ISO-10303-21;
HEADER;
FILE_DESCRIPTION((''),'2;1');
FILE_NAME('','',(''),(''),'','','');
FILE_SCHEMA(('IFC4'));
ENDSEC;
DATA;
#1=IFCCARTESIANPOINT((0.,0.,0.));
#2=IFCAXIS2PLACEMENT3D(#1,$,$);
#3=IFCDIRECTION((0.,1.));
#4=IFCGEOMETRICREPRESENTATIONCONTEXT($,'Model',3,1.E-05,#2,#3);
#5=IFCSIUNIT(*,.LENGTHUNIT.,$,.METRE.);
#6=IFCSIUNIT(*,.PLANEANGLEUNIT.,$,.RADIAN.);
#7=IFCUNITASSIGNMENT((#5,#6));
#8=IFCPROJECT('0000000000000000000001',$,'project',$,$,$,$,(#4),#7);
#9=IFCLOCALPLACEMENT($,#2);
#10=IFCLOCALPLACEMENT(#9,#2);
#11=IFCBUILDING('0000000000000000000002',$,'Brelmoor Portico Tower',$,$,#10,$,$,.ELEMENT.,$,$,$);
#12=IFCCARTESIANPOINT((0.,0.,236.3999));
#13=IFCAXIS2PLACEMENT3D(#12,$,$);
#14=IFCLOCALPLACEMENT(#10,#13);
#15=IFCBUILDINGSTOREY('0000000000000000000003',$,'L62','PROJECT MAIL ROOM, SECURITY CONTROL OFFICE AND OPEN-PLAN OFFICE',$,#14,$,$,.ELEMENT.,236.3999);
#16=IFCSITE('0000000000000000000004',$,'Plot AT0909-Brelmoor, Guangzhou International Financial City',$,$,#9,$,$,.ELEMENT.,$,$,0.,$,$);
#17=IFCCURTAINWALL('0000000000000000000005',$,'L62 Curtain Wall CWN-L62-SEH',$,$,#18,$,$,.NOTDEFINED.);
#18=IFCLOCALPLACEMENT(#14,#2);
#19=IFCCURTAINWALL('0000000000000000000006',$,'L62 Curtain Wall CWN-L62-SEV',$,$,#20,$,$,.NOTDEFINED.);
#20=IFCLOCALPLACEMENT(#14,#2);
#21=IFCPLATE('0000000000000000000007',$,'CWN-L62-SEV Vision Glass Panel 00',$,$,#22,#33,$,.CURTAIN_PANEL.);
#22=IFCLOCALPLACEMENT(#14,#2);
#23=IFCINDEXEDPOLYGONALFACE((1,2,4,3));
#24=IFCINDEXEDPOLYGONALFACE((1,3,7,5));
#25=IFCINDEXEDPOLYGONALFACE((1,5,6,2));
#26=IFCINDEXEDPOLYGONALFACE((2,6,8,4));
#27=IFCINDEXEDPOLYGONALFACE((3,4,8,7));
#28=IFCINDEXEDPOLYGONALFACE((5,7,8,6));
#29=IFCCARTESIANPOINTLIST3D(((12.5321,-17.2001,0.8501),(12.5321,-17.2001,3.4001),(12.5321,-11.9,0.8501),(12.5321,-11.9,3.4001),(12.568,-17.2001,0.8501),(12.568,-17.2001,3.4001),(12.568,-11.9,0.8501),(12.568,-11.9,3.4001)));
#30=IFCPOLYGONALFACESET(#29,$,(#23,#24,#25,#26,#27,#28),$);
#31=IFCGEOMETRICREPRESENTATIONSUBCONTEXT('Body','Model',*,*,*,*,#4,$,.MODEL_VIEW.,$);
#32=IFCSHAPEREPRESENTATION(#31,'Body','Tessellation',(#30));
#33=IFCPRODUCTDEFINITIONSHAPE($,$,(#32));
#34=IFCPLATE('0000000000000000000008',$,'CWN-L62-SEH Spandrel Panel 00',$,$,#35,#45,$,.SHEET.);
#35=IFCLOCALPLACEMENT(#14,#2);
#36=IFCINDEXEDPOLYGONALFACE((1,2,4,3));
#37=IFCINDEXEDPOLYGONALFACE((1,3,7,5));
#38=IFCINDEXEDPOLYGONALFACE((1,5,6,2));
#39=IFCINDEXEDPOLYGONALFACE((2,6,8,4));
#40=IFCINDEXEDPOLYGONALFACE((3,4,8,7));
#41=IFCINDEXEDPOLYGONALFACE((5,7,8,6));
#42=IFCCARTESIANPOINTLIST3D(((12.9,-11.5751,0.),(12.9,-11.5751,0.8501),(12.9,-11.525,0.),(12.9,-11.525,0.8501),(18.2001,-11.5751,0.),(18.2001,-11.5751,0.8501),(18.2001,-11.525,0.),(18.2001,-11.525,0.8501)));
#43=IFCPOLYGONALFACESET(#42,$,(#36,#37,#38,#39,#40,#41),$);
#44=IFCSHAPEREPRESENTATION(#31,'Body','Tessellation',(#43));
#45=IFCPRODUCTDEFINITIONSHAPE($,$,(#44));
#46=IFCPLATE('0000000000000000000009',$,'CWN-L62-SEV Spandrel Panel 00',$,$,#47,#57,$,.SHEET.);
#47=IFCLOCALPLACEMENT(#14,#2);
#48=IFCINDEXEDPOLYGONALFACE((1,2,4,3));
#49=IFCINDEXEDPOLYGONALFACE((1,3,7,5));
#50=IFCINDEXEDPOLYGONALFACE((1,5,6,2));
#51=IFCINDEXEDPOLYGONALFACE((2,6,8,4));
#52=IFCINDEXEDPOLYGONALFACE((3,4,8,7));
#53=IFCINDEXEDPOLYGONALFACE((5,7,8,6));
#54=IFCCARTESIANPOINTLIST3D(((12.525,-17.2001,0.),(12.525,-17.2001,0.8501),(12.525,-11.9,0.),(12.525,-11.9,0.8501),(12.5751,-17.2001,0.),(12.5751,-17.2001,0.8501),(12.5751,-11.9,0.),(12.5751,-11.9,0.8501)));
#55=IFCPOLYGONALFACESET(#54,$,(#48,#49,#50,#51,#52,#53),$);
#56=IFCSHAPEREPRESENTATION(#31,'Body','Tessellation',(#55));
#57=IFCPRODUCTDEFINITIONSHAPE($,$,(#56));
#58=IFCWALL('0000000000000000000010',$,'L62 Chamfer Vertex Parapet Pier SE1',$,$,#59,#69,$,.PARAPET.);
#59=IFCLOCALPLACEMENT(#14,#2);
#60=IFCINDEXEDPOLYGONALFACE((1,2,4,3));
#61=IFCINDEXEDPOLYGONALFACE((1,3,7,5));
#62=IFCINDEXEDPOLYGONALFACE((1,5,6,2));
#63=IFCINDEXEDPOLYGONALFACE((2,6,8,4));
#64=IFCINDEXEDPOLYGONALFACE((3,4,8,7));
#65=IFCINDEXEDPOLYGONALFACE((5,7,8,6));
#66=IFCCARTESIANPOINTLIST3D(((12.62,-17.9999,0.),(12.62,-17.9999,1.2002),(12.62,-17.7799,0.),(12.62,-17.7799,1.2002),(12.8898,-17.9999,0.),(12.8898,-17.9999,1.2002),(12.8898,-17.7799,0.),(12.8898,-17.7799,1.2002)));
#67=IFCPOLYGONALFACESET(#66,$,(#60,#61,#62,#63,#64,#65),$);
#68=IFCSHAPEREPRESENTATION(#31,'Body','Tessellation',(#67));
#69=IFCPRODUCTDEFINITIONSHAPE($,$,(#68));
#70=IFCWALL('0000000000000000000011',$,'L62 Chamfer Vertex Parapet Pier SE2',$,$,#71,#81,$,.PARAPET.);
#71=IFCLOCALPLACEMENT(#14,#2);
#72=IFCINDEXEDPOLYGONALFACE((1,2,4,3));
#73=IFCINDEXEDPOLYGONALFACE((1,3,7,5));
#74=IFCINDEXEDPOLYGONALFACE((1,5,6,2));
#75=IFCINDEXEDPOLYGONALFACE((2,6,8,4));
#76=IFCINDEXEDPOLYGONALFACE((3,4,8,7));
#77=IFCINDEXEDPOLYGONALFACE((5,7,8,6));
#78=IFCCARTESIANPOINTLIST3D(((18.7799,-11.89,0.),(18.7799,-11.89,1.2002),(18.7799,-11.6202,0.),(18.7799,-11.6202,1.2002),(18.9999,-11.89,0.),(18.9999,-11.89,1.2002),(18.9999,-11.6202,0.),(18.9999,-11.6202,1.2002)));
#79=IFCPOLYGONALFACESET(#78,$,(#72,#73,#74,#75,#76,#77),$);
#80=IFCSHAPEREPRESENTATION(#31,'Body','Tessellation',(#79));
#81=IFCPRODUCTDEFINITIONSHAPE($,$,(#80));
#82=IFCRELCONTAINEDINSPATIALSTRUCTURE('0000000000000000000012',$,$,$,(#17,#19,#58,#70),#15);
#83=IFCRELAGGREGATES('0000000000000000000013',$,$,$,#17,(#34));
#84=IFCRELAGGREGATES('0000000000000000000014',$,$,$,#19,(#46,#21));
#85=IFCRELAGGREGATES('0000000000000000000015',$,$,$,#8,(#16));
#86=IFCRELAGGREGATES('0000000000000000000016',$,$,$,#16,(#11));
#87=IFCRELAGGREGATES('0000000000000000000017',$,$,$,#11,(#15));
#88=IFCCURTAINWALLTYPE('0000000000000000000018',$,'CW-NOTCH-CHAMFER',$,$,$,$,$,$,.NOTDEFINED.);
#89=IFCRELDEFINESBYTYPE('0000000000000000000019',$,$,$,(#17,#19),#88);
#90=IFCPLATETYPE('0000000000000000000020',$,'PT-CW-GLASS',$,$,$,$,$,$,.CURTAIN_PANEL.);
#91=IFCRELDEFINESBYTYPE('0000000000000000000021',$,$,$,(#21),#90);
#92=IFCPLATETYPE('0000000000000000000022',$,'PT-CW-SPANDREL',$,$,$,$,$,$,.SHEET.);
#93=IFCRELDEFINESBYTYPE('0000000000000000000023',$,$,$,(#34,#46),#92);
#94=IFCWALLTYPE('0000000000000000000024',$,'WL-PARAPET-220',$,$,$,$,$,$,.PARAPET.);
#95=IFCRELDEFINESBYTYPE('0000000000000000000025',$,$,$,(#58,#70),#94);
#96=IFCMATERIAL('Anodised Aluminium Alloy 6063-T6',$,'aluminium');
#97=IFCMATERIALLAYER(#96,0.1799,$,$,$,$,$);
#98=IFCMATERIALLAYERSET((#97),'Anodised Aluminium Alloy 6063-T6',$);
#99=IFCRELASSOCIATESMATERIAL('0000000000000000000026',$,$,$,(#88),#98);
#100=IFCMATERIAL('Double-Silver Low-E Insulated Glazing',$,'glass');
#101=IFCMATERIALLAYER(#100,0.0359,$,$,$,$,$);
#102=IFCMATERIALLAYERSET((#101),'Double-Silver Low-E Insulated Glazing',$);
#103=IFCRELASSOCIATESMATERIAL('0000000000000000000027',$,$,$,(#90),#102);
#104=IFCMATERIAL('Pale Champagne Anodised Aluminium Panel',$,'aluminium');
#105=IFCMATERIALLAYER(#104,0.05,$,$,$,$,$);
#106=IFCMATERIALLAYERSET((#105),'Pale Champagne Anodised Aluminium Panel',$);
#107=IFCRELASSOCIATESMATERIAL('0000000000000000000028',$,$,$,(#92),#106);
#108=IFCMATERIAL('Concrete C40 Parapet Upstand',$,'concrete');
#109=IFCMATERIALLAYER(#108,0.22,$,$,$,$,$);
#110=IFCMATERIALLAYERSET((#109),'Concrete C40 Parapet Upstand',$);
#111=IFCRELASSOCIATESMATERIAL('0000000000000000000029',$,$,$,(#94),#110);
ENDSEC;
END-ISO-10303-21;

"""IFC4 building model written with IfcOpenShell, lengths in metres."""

from ifc_helpers import new_model, si_unit, direction, frame, frame_2d, origin, origin_2d, place, context, subcontext, project, spatial, rectangle, extrude, material, layer, layer_set, type_object, element, aggregate, save


model = new_model("IFC4")

# Units and contexts
model_context = context("Model", 3, precision=1e-05, world=origin(), true_north=direction((0.0, 1.0)))
body_context = subcontext(model_context, "Body", "Model", "MODEL_VIEW")
ifc_project = project(units=[si_unit("LENGTHUNIT", "METRE"), si_unit("PLANEANGLEUNIT", "RADIAN")], contexts=[model_context])

# Site, building, storey
site_placement = place(None, origin())
site = spatial("IfcSite", under=ifc_project, at=site_placement, Name="Plot AT0909-Brelmoor, Guangzhou International Financial City", CompositionType="ELEMENT", RefElevation=0.0)
building_placement = place(site_placement, origin())
building = spatial("IfcBuilding", under=site, at=building_placement, Name="Brelmoor Portico Tower", CompositionType="ELEMENT")
storey_placement = place(building_placement, frame((0.0, 0.0, 236.3999)))
storey = spatial("IfcBuildingStorey", under=building, at=storey_placement, Name="L62", Description="PROJECT MAIL ROOM, SECURITY CONTROL OFFICE AND OPEN-PLAN OFFICE", CompositionType="ELEMENT", Elevation=236.3999)

# Shared definitions
ifc_material_1 = material(Name="Anodised Aluminium Alloy 6063-T6", Category="aluminium")

# Curtain walls
ifc_layer_1 = layer(ifc_material_1, 0.1799)
ifc_layer_set_1 = layer_set([ifc_layer_1], Name="Anodised Aluminium Alloy 6063-T6")
curtain_wall_type_1 = type_object("IfcCurtainWallType", Name="CW-NOTCH-CHAMFER", PredefinedType="NOTDEFINED", material=ifc_layer_set_1)
curtain_wall_1_placement = place(storey_placement, origin())
curtain_wall_1 = element("IfcCurtainWall", 1, at=curtain_wall_1_placement, inside=storey, type_object=curtain_wall_type_1, Name="L62 Curtain Wall CWN-L62-SEH", PredefinedType="NOTDEFINED")
curtain_wall_2_placement = place(storey_placement, origin())
curtain_wall_2 = element("IfcCurtainWall", 2, at=curtain_wall_2_placement, inside=storey, type_object=curtain_wall_type_1, Name="L62 Curtain Wall CWN-L62-SEV", PredefinedType="NOTDEFINED")

# Plates
ifc_material_2 = material(Name="Double-Silver Low-E Insulated Glazing", Category="glass")
ifc_layer_2 = layer(ifc_material_2, 0.0359)
ifc_layer_set_2 = layer_set([ifc_layer_2], Name="Double-Silver Low-E Insulated Glazing")
plate_type_1 = type_object("IfcPlateType", Name="PT-CW-GLASS", PredefinedType="CURTAIN_PANEL", material=ifc_layer_set_2)
plate_1_placement = place(storey_placement, frame((12.55, -14.55, 0.8501), z_axis=(0.0, 0.0, 1.0), x_axis=(0.0, 1.0, 0.0)))
plate_1 = element("IfcPlate", 3, at=plate_1_placement, type_object=plate_type_1, Name="CWN-L62-SEV Vision Glass Panel 00", PredefinedType="CURTAIN_PANEL", context=body_context, shape_type="SweptSolid", body=[
    extrude(rectangle(XDim=5.3, YDim=0.0359, at=origin_2d()), origin(), (0.0, 0.0, 1.0), 2.55),
])
ifc_material_3 = material(Name="Pale Champagne Anodised Aluminium Panel", Category="aluminium")
ifc_layer_3 = layer(ifc_material_3, 0.05)
ifc_layer_set_3 = layer_set([ifc_layer_3], Name="Pale Champagne Anodised Aluminium Panel")
plate_type_2 = type_object("IfcPlateType", Name="PT-CW-SPANDREL", PredefinedType="SHEET", material=ifc_layer_set_3)
plate_2_placement = place(storey_placement, frame((15.55, -11.55, 0.0), z_axis=(0.0, 0.0, 1.0), x_axis=(1.0, 0.0, 0.0)))
plate_2 = element("IfcPlate", 4, at=plate_2_placement, type_object=plate_type_2, Name="CWN-L62-SEH Spandrel Panel 00", PredefinedType="SHEET", context=body_context, shape_type="SweptSolid", body=[
    extrude(rectangle(XDim=5.3, YDim=0.05, at=origin_2d()), origin(), (0.0, 0.0, 1.0), 0.8501),
])
aggregate(curtain_wall_1, [plate_2])
plate_3_placement = place(storey_placement, frame((12.55, -14.55, 0.0), z_axis=(0.0, 0.0, 1.0), x_axis=(0.0, 1.0, 0.0)))
plate_3 = element("IfcPlate", 5, at=plate_3_placement, type_object=plate_type_2, Name="CWN-L62-SEV Spandrel Panel 00", PredefinedType="SHEET", context=body_context, shape_type="SweptSolid", body=[
    extrude(rectangle(XDim=5.3, YDim=0.05, at=origin_2d()), origin(), (0.0, 0.0, 1.0), 0.8501),
])
aggregate(curtain_wall_2, [plate_3, plate_1])

# Walls
ifc_material_4 = material(Name="Concrete C40 Parapet Upstand", Category="concrete")
ifc_layer_4 = layer(ifc_material_4, 0.22)
ifc_layer_set_4 = layer_set([ifc_layer_4], Name="Concrete C40 Parapet Upstand")
wall_type = type_object("IfcWallType", Name="WL-PARAPET-220", PredefinedType="PARAPET", material=ifc_layer_set_4)
for number, where, z_axis, x_axis, name in (
    (6, (12.6201, -17.8899, 0.0), (0.0, 0.0, 1.0), (1.0, 0.0, 0.0), "L62 Chamfer Vertex Parapet Pier SE1"),
    (7, (18.8899, -11.8899, 0.0), (0.0, 0.0, 1.0), (0.0, 1.0, 0.0), "L62 Chamfer Vertex Parapet Pier SE2"),
):
    element("IfcWall", number, at=place(storey_placement, frame(where, z_axis=z_axis, x_axis=x_axis)), inside=storey, type_object=wall_type, Name=name, PredefinedType="PARAPET", context=body_context, shape_type="SweptSolid", body=[
        extrude(rectangle(XDim=0.2698, YDim=0.22, at=frame_2d((0.1348, 0.0))), origin(), (0.0, 0.0, 1.0), 1.2002),
    ])

save(model, "model.ifc")
